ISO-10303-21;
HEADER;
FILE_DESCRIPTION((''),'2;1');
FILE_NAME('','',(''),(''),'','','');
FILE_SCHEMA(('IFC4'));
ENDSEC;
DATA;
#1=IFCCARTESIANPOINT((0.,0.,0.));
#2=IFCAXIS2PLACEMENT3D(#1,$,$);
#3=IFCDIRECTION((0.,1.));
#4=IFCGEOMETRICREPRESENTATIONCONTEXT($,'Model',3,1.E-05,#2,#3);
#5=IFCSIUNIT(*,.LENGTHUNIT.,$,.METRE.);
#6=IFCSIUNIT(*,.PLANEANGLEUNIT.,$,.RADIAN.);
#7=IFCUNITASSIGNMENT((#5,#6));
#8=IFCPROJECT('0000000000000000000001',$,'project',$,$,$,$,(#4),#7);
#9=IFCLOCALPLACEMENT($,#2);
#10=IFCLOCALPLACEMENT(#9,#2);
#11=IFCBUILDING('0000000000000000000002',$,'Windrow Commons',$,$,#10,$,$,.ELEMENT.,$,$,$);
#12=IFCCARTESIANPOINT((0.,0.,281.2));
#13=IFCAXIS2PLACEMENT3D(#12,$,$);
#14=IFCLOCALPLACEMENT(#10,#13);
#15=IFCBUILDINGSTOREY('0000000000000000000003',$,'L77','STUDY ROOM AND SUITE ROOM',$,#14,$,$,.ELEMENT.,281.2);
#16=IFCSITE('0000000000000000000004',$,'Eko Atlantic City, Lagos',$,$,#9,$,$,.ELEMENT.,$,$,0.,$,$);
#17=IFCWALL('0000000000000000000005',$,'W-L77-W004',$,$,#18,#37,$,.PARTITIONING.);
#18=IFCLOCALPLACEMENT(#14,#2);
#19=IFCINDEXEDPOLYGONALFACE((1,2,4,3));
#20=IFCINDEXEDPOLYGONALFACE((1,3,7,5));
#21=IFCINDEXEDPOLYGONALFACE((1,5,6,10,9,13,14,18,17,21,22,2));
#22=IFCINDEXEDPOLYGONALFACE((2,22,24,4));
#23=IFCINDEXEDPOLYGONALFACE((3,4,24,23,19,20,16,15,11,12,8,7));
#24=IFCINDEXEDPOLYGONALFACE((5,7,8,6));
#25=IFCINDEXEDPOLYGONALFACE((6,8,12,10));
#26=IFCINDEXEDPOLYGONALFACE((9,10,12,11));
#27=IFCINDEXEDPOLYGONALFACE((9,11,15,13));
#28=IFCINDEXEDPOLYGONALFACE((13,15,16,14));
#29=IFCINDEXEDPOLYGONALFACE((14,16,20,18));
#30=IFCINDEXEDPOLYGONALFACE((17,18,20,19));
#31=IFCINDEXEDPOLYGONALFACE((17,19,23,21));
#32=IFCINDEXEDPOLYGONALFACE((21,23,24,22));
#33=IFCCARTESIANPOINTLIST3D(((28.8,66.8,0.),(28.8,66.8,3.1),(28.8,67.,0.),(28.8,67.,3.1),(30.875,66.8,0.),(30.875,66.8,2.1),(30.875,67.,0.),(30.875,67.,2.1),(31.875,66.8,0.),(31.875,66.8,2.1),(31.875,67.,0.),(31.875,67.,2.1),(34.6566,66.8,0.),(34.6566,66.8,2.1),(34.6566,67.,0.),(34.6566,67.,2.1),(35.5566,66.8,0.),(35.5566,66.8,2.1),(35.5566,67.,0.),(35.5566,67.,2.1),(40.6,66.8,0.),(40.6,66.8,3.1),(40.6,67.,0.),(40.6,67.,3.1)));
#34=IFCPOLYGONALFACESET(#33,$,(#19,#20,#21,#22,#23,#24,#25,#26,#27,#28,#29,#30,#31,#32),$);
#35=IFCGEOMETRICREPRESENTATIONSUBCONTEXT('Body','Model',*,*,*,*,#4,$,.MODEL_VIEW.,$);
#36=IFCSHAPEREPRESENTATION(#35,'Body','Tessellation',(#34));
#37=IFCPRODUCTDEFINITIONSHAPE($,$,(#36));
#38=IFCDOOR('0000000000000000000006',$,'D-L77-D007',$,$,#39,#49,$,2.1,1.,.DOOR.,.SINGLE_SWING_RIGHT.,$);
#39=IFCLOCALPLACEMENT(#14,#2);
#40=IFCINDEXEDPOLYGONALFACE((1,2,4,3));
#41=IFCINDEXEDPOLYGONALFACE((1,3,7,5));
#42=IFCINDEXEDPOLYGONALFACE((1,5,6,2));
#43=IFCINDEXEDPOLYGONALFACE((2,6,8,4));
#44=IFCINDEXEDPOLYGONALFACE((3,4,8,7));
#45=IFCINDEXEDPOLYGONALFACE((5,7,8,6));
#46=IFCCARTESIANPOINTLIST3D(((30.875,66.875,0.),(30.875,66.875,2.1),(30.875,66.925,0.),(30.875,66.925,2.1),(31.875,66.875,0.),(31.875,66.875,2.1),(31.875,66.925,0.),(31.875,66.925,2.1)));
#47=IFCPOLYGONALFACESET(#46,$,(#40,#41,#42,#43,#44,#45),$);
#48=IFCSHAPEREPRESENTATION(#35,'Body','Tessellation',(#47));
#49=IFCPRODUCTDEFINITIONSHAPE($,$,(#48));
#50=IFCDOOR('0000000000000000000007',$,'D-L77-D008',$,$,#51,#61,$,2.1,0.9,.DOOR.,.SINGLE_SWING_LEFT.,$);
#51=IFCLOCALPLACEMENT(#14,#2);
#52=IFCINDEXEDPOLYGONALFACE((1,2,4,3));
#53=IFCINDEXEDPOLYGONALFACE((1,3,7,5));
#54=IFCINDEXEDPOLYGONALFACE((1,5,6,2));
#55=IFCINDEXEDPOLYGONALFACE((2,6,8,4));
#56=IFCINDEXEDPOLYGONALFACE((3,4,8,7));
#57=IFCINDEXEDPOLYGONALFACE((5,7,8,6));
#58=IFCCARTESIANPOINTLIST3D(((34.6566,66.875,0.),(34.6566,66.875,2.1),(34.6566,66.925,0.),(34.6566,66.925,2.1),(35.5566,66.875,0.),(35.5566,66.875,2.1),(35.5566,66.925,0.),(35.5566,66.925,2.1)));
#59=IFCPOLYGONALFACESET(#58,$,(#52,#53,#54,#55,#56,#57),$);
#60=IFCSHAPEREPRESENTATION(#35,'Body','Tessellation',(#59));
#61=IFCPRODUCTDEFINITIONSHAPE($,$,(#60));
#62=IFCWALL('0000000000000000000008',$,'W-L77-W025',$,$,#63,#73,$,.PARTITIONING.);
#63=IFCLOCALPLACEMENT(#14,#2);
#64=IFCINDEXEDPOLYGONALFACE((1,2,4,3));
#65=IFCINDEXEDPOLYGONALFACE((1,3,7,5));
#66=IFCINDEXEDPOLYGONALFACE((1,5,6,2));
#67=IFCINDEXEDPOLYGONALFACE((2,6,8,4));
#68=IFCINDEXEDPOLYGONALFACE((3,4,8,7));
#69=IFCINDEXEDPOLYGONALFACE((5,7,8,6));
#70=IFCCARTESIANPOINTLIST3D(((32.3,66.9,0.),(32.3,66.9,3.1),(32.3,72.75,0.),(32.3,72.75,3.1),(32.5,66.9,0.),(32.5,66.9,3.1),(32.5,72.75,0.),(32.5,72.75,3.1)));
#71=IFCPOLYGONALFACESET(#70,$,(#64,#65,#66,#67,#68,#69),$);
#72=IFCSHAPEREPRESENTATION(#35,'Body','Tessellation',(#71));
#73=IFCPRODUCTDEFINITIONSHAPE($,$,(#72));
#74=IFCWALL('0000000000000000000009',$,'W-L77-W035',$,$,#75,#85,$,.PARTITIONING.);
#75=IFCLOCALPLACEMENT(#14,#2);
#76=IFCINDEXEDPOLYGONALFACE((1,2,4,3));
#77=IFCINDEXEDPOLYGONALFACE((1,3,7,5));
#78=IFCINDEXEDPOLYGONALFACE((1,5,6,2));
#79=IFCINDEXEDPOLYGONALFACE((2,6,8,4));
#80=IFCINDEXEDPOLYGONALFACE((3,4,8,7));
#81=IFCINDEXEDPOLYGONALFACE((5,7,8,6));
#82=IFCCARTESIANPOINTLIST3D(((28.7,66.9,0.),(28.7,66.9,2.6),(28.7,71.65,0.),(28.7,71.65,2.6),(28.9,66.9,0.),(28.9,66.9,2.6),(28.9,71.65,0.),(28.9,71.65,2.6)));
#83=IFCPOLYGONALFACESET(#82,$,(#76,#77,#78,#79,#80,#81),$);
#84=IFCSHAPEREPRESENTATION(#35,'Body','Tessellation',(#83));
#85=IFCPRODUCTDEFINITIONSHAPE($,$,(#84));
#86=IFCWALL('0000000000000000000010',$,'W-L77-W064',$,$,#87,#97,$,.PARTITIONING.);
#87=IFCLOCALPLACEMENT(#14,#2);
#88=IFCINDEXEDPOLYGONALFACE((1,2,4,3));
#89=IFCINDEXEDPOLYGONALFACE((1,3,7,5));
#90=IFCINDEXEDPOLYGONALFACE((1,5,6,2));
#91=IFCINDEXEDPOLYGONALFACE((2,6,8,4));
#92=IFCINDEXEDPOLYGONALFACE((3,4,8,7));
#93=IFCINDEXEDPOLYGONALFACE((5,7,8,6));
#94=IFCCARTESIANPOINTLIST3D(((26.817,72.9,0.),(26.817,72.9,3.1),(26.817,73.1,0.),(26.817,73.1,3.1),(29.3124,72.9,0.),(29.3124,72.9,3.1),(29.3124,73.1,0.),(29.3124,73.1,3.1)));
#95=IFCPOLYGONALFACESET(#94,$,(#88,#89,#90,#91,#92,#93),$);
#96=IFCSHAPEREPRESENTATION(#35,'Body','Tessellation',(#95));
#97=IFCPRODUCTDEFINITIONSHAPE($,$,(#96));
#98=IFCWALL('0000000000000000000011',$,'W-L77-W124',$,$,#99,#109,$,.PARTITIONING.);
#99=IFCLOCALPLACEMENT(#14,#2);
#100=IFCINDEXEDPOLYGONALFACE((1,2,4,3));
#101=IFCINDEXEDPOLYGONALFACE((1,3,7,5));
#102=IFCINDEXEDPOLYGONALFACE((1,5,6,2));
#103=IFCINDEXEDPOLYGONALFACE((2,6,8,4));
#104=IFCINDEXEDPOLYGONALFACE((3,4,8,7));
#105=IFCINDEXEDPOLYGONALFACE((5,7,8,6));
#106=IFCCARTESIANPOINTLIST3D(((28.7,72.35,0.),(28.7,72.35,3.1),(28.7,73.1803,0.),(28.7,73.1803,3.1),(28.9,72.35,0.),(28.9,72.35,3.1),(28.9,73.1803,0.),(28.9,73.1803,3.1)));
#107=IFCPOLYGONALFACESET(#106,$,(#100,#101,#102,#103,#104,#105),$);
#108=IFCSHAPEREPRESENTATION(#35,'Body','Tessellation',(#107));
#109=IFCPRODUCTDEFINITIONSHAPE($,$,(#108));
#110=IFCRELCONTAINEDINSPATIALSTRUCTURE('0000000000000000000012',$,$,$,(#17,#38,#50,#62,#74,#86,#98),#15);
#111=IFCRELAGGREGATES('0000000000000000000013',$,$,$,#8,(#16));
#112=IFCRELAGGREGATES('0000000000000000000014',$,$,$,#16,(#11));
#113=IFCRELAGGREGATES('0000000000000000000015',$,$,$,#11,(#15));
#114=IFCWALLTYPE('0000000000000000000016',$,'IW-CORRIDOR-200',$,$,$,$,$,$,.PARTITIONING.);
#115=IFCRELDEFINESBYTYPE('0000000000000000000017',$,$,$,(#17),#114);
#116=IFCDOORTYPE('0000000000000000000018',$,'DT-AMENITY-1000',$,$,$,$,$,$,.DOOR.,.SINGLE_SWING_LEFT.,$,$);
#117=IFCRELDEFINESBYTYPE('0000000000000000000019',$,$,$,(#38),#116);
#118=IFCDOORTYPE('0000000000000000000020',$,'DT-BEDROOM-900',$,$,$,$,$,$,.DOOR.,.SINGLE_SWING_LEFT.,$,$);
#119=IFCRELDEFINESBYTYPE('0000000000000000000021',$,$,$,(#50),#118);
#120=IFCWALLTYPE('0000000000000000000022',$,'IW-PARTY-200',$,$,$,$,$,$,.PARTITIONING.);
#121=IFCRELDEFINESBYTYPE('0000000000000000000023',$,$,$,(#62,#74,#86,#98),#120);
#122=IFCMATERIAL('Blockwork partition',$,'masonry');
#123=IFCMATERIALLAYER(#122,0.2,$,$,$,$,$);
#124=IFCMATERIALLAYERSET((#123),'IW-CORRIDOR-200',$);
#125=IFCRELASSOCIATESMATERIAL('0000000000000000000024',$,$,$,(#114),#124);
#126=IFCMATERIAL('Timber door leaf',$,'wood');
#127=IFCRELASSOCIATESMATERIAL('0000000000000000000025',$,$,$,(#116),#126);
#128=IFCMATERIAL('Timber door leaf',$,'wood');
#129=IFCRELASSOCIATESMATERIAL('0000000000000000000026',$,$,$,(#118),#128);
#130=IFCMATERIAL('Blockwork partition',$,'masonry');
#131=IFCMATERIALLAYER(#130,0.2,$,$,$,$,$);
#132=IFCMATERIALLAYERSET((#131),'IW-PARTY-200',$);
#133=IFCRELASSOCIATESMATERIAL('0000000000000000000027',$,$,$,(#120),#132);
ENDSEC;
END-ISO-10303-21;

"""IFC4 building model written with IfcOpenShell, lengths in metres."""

from ifc_helpers import new_model, si_unit, direction, frame, frame_2d, origin, place, context, subcontext, project, spatial, rectangle, extrude, material, layer, layer_set, type_object, element, fill, save


model = new_model("IFC4")

# Units and contexts
model_context = context("Model", 3, precision=1e-05, world=origin(), true_north=direction((0.0, 1.0)))
body_context = subcontext(model_context, "Body", "Model", "MODEL_VIEW")
ifc_project = project(units=[si_unit("LENGTHUNIT", "METRE"), si_unit("PLANEANGLEUNIT", "RADIAN")], contexts=[model_context])

# Site, building, storey
site_placement = place(None, origin())
site = spatial("IfcSite", under=ifc_project, at=site_placement, Name="Eko Atlantic City, Lagos", CompositionType="ELEMENT", RefElevation=0.0)
building_placement = place(site_placement, origin())
building = spatial("IfcBuilding", under=site, at=building_placement, Name="Windrow Commons", CompositionType="ELEMENT")
storey_placement = place(building_placement, frame((0.0, 0.0, 281.2)))
storey = spatial("IfcBuildingStorey", under=building, at=storey_placement, Name="L77", Description="STUDY ROOM AND SUITE ROOM", CompositionType="ELEMENT", Elevation=281.2)

# Wall, openings, doors
ifc_material_1 = material(Name="Blockwork partition", Category="masonry")
ifc_layer_1 = layer(ifc_material_1, 0.2)
ifc_layer_set_1 = layer_set([ifc_layer_1], Name="IW-CORRIDOR-200")
wall_type_1 = type_object("IfcWallType", Name="IW-CORRIDOR-200", PredefinedType="PARTITIONING", material=ifc_layer_set_1)
wall_1_placement = place(storey_placement, frame((28.8, 66.9, 0.0), z_axis=(0.0, 0.0, 1.0), x_axis=(1.0, 0.0, 0.0)))
wall_1 = element("IfcWall", 1, at=wall_1_placement, inside=storey, type_object=wall_type_1, Name="W-L77-W004", PredefinedType="PARTITIONING", context=body_context, shape_type="SweptSolid", body=[
    extrude(rectangle(XDim=11.8, YDim=0.2, at=frame_2d((5.9, 0.0))), origin(), (0.0, 0.0, 1.0), 3.1),
])
opening_1_placement = place(wall_1_placement, frame((2.075, 0.0, 0.0)))
opening_1 = element("IfcOpeningElement", 2, at=opening_1_placement, cuts=wall_1, PredefinedType="OPENING", context=body_context, shape_type="SweptSolid", body=[
    extrude(rectangle(XDim=1.0, YDim=2.1, at=frame_2d((0.5, 1.05))), frame((0.0, 0.11, 0.0), z_axis=(0.0, -1.0, 0.0), x_axis=(1.0, 0.0, 0.0)), (0.0, 0.0, 1.0), 0.22),
])
opening_2_placement = place(wall_1_placement, frame((5.8566, 0.0, 0.0)))
opening_2 = element("IfcOpeningElement", 3, at=opening_2_placement, cuts=wall_1, PredefinedType="OPENING", context=body_context, shape_type="SweptSolid", body=[
    extrude(rectangle(XDim=0.9, YDim=2.1, at=frame_2d((0.45, 1.05))), frame((0.0, 0.11, 0.0), z_axis=(0.0, -1.0, 0.0), x_axis=(1.0, 0.0, 0.0)), (0.0, 0.0, 1.0), 0.22),
])
ifc_material_2 = material(Name="Timber door leaf", Category="wood")
door_type_1 = type_object("IfcDoorType", Name="DT-AMENITY-1000", OperationType="SINGLE_SWING_LEFT", PredefinedType="DOOR", material=ifc_material_2)
door_1_placement = place(opening_1_placement, origin())
door_1 = element("IfcDoor", 4, at=door_1_placement, inside=storey, type_object=door_type_1, Name="D-L77-D007", OperationType="SINGLE_SWING_RIGHT", OverallHeight=2.1, OverallWidth=1.0, PredefinedType="DOOR", context=body_context, shape_type="SweptSolid", body=[
    extrude(rectangle(XDim=1.0, YDim=2.1, at=frame_2d((0.5, 1.05))), frame((0.0, 0.025, 0.0), z_axis=(0.0, -1.0, 0.0), x_axis=(1.0, 0.0, 0.0)), (0.0, 0.0, 1.0), 0.05),
])
fill(opening_1, door_1)
ifc_material_3 = material(Name="Timber door leaf", Category="wood")
door_type_2 = type_object("IfcDoorType", Name="DT-BEDROOM-900", OperationType="SINGLE_SWING_LEFT", PredefinedType="DOOR", material=ifc_material_3)
door_2_placement = place(opening_2_placement, origin())
door_2 = element("IfcDoor", 5, at=door_2_placement, inside=storey, type_object=door_type_2, Name="D-L77-D008", OperationType="SINGLE_SWING_LEFT", OverallHeight=2.1, OverallWidth=0.9, PredefinedType="DOOR", context=body_context, shape_type="SweptSolid", body=[
    extrude(rectangle(XDim=0.9, YDim=2.1, at=frame_2d((0.45, 1.05))), frame((0.0, 0.025, 0.0), z_axis=(0.0, -1.0, 0.0), x_axis=(1.0, 0.0, 0.0)), (0.0, 0.0, 1.0), 0.05),
])
fill(opening_2, door_2)

# Walls
ifc_material_4 = material(Name="Blockwork partition", Category="masonry")
ifc_layer_2 = layer(ifc_material_4, 0.2)
ifc_layer_set_2 = layer_set([ifc_layer_2], Name="IW-PARTY-200")
wall_type_2 = type_object("IfcWallType", Name="IW-PARTY-200", PredefinedType="PARTITIONING", material=ifc_layer_set_2)
wall_2_placement = place(storey_placement, frame((32.4, 66.9, 0.0), z_axis=(0.0, 0.0, 1.0), x_axis=(0.0, 1.0, 0.0)))
element("IfcWall", 6, at=wall_2_placement, inside=storey, type_object=wall_type_2, Name="W-L77-W025", PredefinedType="PARTITIONING", context=body_context, shape_type="SweptSolid", body=[
    extrude(rectangle(XDim=5.85, YDim=0.2, at=frame_2d((2.925, 0.0))), origin(), (0.0, 0.0, 1.0), 3.1),
])
wall_3_placement = place(storey_placement, frame((28.8, 66.9, 0.0), z_axis=(0.0, 0.0, 1.0), x_axis=(0.0, 1.0, 0.0)))
element("IfcWall", 7, at=wall_3_placement, inside=storey, type_object=wall_type_2, Name="W-L77-W035", PredefinedType="PARTITIONING", context=body_context, shape_type="SweptSolid", body=[
    extrude(rectangle(XDim=4.75, YDim=0.2, at=frame_2d((2.375, 0.0))), origin(), (0.0, 0.0, 1.0), 2.6),
])
wall_4_placement = place(storey_placement, frame((26.817, 73.0, 0.0), z_axis=(0.0, 0.0, 1.0), x_axis=(1.0, 0.0, 0.0)))
element("IfcWall", 8, at=wall_4_placement, inside=storey, type_object=wall_type_2, Name="W-L77-W064", PredefinedType="PARTITIONING", context=body_context, shape_type="SweptSolid", body=[
    extrude(rectangle(XDim=2.4954, YDim=0.2, at=frame_2d((1.2477, 0.0))), origin(), (0.0, 0.0, 1.0), 3.1),
])
wall_5_placement = place(storey_placement, frame((28.8, 72.35, 0.0), z_axis=(0.0, 0.0, 1.0), x_axis=(0.0, 1.0, 0.0)))
element("IfcWall", 9, at=wall_5_placement, inside=storey, type_object=wall_type_2, Name="W-L77-W124", PredefinedType="PARTITIONING", context=body_context, shape_type="SweptSolid", body=[
    extrude(rectangle(XDim=0.8303, YDim=0.2, at=frame_2d((0.4152, 0.0))), origin(), (0.0, 0.0, 1.0), 3.1),
])

save(model, "model.ifc")
